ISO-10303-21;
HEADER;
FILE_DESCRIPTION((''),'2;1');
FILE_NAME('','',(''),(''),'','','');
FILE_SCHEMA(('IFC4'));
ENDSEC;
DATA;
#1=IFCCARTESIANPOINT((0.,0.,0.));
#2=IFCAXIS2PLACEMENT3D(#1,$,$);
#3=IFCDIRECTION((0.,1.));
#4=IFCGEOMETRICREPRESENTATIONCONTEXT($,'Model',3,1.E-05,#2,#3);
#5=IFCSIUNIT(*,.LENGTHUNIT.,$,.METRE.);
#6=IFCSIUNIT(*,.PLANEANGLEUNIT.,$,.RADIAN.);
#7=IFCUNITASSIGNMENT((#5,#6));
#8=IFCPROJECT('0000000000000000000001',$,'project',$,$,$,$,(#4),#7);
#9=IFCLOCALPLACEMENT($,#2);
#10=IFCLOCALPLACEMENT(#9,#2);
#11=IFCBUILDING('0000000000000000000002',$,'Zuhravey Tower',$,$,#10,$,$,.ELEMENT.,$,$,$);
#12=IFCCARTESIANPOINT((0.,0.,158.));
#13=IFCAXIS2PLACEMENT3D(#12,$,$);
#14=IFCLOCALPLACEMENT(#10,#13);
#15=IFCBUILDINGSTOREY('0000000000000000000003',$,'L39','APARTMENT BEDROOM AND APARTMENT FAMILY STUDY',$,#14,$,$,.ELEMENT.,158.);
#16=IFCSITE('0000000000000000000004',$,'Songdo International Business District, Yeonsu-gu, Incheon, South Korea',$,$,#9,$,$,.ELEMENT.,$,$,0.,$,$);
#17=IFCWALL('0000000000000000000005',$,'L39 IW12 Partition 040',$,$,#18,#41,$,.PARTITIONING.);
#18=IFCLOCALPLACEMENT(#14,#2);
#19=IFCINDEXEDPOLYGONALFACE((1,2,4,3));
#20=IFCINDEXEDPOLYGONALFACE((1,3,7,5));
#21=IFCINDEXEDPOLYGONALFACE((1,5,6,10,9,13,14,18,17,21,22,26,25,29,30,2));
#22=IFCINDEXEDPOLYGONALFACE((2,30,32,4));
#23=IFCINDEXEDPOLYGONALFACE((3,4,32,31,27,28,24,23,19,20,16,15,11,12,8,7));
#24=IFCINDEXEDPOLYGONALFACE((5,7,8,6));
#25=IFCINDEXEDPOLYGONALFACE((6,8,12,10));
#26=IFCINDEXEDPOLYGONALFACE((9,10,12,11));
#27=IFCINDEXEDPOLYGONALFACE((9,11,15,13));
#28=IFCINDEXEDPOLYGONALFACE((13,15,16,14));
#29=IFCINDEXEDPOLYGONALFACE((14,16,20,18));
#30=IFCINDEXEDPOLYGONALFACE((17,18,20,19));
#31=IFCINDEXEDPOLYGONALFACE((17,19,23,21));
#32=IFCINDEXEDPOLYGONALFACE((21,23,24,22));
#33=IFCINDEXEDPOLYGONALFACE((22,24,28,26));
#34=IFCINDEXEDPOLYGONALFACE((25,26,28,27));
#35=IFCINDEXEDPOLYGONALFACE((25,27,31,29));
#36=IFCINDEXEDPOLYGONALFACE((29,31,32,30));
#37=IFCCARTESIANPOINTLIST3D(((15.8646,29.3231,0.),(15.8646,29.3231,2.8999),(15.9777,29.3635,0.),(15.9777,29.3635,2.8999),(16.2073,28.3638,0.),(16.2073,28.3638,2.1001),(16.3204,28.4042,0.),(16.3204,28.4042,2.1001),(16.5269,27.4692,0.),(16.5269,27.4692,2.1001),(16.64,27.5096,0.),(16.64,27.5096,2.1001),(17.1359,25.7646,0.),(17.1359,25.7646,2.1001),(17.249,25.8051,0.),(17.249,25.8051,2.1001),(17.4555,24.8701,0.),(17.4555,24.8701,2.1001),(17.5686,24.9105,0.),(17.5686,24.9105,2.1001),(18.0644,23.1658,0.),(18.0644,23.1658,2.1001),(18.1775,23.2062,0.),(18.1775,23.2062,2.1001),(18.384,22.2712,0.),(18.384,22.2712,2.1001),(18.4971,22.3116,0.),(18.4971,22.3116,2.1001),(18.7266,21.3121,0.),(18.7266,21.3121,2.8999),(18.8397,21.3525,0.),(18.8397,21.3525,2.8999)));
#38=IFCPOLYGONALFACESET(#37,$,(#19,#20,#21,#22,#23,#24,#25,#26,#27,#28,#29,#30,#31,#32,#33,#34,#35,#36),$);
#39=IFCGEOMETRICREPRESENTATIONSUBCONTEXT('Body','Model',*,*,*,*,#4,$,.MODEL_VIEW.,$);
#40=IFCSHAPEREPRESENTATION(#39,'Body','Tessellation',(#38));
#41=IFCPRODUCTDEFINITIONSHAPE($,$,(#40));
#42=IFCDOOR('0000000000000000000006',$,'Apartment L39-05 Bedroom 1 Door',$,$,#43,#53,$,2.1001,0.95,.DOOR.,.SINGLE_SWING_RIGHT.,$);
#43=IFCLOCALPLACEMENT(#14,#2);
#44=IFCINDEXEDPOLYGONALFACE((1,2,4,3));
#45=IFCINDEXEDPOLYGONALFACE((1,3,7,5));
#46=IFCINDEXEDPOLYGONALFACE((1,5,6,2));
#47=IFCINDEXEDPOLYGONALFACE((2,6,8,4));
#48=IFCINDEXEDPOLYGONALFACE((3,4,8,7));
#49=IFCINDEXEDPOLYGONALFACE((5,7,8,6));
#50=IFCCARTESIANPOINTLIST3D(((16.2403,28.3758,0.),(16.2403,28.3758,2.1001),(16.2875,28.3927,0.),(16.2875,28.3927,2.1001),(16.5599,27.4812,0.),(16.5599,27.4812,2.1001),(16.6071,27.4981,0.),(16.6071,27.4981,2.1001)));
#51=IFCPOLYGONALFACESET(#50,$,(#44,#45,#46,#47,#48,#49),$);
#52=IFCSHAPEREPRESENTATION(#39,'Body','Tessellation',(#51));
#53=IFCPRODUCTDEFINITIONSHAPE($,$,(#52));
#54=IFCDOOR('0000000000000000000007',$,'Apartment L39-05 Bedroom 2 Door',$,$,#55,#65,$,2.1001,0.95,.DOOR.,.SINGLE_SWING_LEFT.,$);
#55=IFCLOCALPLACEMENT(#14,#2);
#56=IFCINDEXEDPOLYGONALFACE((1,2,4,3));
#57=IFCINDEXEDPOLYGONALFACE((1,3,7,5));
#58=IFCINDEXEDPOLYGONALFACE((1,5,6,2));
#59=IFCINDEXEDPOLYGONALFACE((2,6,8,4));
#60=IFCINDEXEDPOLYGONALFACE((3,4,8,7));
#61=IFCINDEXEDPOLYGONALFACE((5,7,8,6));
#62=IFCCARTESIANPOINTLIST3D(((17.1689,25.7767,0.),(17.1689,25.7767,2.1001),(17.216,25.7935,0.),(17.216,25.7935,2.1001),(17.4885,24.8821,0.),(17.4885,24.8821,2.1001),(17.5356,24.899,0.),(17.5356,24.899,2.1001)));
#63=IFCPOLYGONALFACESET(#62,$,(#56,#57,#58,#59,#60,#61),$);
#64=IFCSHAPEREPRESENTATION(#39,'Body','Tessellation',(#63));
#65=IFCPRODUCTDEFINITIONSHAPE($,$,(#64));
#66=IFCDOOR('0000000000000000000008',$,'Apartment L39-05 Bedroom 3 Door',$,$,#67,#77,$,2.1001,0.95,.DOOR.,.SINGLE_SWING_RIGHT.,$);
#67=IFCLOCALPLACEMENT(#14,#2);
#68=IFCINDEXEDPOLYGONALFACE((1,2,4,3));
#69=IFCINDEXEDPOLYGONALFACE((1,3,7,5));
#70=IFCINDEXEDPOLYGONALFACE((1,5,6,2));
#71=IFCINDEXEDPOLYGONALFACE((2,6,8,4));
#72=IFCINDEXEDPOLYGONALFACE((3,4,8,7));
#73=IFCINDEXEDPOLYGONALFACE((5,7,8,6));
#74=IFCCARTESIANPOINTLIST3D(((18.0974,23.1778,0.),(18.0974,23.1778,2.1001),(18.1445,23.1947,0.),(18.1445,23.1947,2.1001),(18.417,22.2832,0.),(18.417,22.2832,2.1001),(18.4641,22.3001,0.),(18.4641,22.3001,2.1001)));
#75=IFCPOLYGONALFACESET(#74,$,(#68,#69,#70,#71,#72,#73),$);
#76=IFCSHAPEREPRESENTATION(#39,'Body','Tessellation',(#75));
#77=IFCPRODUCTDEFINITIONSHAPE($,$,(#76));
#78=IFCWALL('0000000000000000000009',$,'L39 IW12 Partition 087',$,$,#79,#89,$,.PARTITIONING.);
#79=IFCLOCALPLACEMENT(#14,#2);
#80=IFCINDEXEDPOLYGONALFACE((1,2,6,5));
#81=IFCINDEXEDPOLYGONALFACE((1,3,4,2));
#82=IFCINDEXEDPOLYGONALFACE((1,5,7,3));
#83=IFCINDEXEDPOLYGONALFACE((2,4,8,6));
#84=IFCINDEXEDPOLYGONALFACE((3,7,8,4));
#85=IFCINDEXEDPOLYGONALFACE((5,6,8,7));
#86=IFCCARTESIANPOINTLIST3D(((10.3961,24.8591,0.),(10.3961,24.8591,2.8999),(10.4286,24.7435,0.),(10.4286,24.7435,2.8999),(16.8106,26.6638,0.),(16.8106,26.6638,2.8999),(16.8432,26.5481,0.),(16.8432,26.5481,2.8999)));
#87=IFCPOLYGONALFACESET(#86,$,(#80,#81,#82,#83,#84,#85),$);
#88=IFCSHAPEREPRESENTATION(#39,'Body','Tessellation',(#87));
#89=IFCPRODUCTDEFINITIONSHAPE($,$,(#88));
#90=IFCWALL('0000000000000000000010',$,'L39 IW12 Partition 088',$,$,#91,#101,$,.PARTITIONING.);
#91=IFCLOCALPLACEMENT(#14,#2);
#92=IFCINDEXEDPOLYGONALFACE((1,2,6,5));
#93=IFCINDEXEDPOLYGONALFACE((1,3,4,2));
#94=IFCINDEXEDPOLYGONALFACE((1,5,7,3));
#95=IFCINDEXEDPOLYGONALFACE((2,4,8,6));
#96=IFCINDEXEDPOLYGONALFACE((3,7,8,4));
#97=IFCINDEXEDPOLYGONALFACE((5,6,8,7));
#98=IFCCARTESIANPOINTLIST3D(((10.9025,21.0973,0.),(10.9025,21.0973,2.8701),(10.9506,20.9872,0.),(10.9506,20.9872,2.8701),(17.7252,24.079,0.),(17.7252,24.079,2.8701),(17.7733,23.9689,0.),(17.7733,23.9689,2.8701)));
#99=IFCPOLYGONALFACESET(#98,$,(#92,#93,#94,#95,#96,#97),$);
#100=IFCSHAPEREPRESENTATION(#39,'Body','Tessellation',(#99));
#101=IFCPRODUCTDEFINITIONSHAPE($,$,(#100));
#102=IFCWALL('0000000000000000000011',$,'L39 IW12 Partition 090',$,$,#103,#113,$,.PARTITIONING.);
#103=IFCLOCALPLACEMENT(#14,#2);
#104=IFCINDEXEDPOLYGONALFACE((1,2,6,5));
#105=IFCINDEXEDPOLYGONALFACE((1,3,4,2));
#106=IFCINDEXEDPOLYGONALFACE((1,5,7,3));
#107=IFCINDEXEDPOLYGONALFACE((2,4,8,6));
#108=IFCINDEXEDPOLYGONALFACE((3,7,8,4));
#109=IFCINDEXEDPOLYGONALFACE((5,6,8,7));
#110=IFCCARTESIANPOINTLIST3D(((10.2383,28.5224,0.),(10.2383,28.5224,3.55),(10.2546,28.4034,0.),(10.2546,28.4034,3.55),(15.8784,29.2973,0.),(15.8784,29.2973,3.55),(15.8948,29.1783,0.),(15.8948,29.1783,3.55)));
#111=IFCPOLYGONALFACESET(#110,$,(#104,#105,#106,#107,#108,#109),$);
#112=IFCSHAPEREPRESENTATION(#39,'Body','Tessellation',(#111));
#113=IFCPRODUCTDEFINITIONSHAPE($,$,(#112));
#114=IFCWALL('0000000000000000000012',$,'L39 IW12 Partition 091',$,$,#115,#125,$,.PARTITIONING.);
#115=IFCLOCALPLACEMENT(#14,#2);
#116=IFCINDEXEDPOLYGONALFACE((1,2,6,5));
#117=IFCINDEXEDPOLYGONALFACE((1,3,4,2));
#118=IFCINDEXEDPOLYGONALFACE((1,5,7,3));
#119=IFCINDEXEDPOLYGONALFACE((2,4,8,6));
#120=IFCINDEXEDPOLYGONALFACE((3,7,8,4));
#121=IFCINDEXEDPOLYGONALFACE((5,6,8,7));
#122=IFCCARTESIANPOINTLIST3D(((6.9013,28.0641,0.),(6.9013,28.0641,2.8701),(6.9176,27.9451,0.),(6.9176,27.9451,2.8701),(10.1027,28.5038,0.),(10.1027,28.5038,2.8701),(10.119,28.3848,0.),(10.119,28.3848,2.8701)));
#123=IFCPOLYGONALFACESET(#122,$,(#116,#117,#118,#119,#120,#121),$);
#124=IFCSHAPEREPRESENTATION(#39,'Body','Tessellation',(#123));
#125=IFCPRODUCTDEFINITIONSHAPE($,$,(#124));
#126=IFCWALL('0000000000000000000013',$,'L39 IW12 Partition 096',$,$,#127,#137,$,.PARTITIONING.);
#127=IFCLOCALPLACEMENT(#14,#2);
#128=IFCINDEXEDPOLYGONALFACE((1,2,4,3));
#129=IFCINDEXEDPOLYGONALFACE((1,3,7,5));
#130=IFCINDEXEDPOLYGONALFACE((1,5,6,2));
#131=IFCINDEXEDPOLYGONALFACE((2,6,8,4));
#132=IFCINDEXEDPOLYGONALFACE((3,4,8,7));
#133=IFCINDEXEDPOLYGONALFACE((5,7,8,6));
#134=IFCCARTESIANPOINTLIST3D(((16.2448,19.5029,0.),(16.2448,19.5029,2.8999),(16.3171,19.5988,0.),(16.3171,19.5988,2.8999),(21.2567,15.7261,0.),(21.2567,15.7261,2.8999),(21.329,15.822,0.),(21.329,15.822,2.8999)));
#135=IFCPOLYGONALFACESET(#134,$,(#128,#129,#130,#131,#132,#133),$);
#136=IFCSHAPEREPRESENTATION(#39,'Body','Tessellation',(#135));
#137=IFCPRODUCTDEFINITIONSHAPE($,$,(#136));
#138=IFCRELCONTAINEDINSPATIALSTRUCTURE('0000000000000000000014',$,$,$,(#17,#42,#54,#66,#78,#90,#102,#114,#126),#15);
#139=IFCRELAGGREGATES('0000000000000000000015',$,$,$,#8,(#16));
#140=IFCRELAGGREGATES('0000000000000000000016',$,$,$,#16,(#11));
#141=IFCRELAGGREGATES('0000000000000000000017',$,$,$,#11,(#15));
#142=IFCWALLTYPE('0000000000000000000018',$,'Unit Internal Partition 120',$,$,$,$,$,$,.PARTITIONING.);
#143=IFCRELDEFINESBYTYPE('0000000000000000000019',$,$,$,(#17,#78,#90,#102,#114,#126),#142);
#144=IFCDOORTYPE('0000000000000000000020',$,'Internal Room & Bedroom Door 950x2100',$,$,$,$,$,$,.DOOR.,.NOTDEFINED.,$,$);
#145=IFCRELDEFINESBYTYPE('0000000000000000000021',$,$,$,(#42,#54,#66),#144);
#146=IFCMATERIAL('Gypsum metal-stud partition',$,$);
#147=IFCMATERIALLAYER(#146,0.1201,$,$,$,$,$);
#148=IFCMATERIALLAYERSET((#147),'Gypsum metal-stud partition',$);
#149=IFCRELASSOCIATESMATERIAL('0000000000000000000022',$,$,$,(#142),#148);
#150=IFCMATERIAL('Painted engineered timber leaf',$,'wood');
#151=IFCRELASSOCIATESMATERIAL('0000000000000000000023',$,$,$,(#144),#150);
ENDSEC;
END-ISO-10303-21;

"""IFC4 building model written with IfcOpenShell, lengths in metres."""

from ifc_helpers import new_model, si_unit, direction, frame, frame_2d, origin, place, context, subcontext, project, spatial, rectangle, extrude, material, layer, layer_set, type_object, element, fill, save


model = new_model("IFC4")

# Units and contexts
model_context = context("Model", 3, precision=1e-05, world=origin(), true_north=direction((0.0, 1.0)))
body_context = subcontext(model_context, "Body", "Model", "MODEL_VIEW")
ifc_project = project(units=[si_unit("LENGTHUNIT", "METRE"), si_unit("PLANEANGLEUNIT", "RADIAN")], contexts=[model_context])

# Site, building, storey
site_placement = place(None, origin())
site = spatial("IfcSite", under=ifc_project, at=site_placement, Name="Songdo International Business District, Yeonsu-gu, Incheon, South Korea", CompositionType="ELEMENT", RefElevation=0.0)
building_placement = place(site_placement, origin())
building = spatial("IfcBuilding", under=site, at=building_placement, Name="Zuhravey Tower", CompositionType="ELEMENT")
storey_placement = place(building_placement, frame((0.0, 0.0, 158.0)))
storey = spatial("IfcBuildingStorey", under=building, at=storey_placement, Name="L39", Description="APARTMENT BEDROOM AND APARTMENT FAMILY STUDY", CompositionType="ELEMENT", Elevation=158.0)

# Wall, openings, doors
ifc_material_1 = material(Name="Gypsum metal-stud partition")
ifc_layer_1 = layer(ifc_material_1, 0.1201)
ifc_layer_set_1 = layer_set([ifc_layer_1], Name="Gypsum metal-stud partition")
wall_type_1 = type_object("IfcWallType", Name="Unit Internal Partition 120", PredefinedType="PARTITIONING", material=ifc_layer_set_1)
ifc_material_2 = material(Name="Painted engineered timber leaf", Category="wood")
door_type_1 = type_object("IfcDoorType", Name="Internal Room & Bedroom Door 950x2100", OperationType="NOTDEFINED", PredefinedType="DOOR", material=ifc_material_2)
wall_1_placement = place(storey_placement, frame((15.9211, 29.3433, 0.0), z_axis=(0.0, 0.0, 1.0), x_axis=(0.33644, -0.941705, 0.0)))
wall_1 = element("IfcWall", 1, at=wall_1_placement, inside=storey, type_object=wall_type_1, Name="L39 IW12 Partition 040", PredefinedType="PARTITIONING", context=body_context, shape_type="SweptSolid", body=[
    extrude(rectangle(XDim=8.5068, YDim=0.1201, at=frame_2d((4.2534, 0.0))), origin(), (0.0, 0.0, 1.0), 2.8999),
])
opening_1_placement = place(wall_1_placement, frame((1.0186, 0.0, 0.0)))
opening_1 = element("IfcOpeningElement", 2, at=opening_1_placement, cuts=wall_1, PredefinedType="OPENING", context=body_context, shape_type="SweptSolid", body=[
    extrude(rectangle(XDim=0.95, YDim=2.1001, at=frame_2d((0.4751, 1.05))), frame((0.0, 0.072, 0.0), z_axis=(0.0, -1.0, 0.0), x_axis=(1.0, 0.0, 0.0)), (0.0, 0.0, 1.0), 0.144),
])
opening_2_placement = place(wall_1_placement, frame((3.7786, 0.0, 0.0)))
opening_2 = element("IfcOpeningElement", 3, at=opening_2_placement, cuts=wall_1, PredefinedType="OPENING", context=body_context, shape_type="SweptSolid", body=[
    extrude(rectangle(XDim=0.95, YDim=2.1001, at=frame_2d((0.4751, 1.05))), frame((0.0, 0.072, 0.0), z_axis=(0.0, -1.0, 0.0), x_axis=(1.0, 0.0, 0.0)), (0.0, 0.0, 1.0), 0.144),
])
opening_3_placement = place(wall_1_placement, frame((6.5383, 0.0, 0.0)))
opening_3 = element("IfcOpeningElement", 4, at=opening_3_placement, cuts=wall_1, PredefinedType="OPENING", context=body_context, shape_type="SweptSolid", body=[
    extrude(rectangle(XDim=0.95, YDim=2.1001, at=frame_2d((0.4751, 1.05))), frame((0.0, 0.072, 0.0), z_axis=(0.0, -1.0, 0.0), x_axis=(1.0, 0.0, 0.0)), (0.0, 0.0, 1.0), 0.144),
])
door_1_placement = place(opening_1_placement, frame((0.95, 0.0, 0.0), z_axis=(0.0, 0.0, 1.0), x_axis=(-1.0, 0.0, 0.0)))
door_1 = element("IfcDoor", 5, at=door_1_placement, inside=storey, type_object=door_type_1, Name="Apartment L39-05 Bedroom 1 Door", OperationType="SINGLE_SWING_RIGHT", OverallHeight=2.1001, OverallWidth=0.95, PredefinedType="DOOR", context=body_context, shape_type="SweptSolid", body=[
    extrude(rectangle(XDim=0.95, YDim=2.1001, at=frame_2d((0.4751, 1.05))), frame((0.0, 0.0249, 0.0), z_axis=(0.0, -1.0, 0.0), x_axis=(1.0, 0.0, 0.0)), (0.0, 0.0, 1.0), 0.05),
])
fill(opening_1, door_1)
door_2_placement = place(opening_2_placement, frame((0.95, 0.0, 0.0), z_axis=(0.0, 0.0, 1.0), x_axis=(-1.0, 0.0, 0.0)))
door_2 = element("IfcDoor", 6, at=door_2_placement, inside=storey, type_object=door_type_1, Name="Apartment L39-05 Bedroom 2 Door", OperationType="SINGLE_SWING_LEFT", OverallHeight=2.1001, OverallWidth=0.95, PredefinedType="DOOR", context=body_context, shape_type="SweptSolid", body=[
    extrude(rectangle(XDim=0.95, YDim=2.1001, at=frame_2d((0.4751, 1.05))), frame((0.0, 0.0249, 0.0), z_axis=(0.0, -1.0, 0.0), x_axis=(1.0, 0.0, 0.0)), (0.0, 0.0, 1.0), 0.05),
])
fill(opening_2, door_2)
door_3_placement = place(opening_3_placement, frame((0.95, 0.0, 0.0), z_axis=(0.0, 0.0, 1.0), x_axis=(-1.0, 0.0, 0.0)))
door_3 = element("IfcDoor", 7, at=door_3_placement, inside=storey, type_object=door_type_1, Name="Apartment L39-05 Bedroom 3 Door", OperationType="SINGLE_SWING_RIGHT", OverallHeight=2.1001, OverallWidth=0.95, PredefinedType="DOOR", context=body_context, shape_type="SweptSolid", body=[
    extrude(rectangle(XDim=0.95, YDim=2.1001, at=frame_2d((0.4751, 1.05))), frame((0.0, 0.0249, 0.0), z_axis=(0.0, -1.0, 0.0), x_axis=(1.0, 0.0, 0.0)), (0.0, 0.0, 1.0), 0.05),
])
fill(opening_3, door_3)

# Walls
wall_2_placement = place(storey_placement, frame((16.8269, 26.606, 0.0), z_axis=(0.0, 0.0, 1.0), x_axis=(-0.962628, -0.270828, 0.0)))
element("IfcWall", 8, at=wall_2_placement, inside=storey, type_object=wall_type_1, Name="L39 IW12 Partition 087", PredefinedType="PARTITIONING", context=body_context, shape_type="SweptSolid", body=[
    extrude(rectangle(XDim=6.6636, YDim=0.1201, at=frame_2d((3.3318, 0.0))), origin(), (0.0, 0.0, 1.0), 2.8999),
])
wall_3_placement = place(storey_placement, frame((17.7493, 24.0239, 0.0), z_axis=(0.0, 0.0, 1.0), x_axis=(-0.916318, -0.400451, 0.0)))
element("IfcWall", 9, at=wall_3_placement, inside=storey, type_object=wall_type_1, Name="L39 IW12 Partition 088", PredefinedType="PARTITIONING", context=body_context, shape_type="SweptSolid", body=[
    extrude(rectangle(XDim=7.4458, YDim=0.1201, at=frame_2d((3.7229, 0.0))), origin(), (0.0, 0.0, 1.0), 2.8701),
])
wall_4_placement = place(storey_placement, frame((15.8867, 29.2378, 0.0), z_axis=(0.0, 0.0, 1.0), x_axis=(-0.990693, -0.136112, 0.0)))
element("IfcWall", 10, at=wall_4_placement, inside=storey, type_object=wall_type_1, Name="L39 IW12 Partition 090", PredefinedType="PARTITIONING", context=body_context, shape_type="SweptSolid", body=[
    extrude(rectangle(XDim=5.6931, YDim=0.1201, at=frame_2d((2.8467, 0.0))), origin(), (0.0, 0.0, 1.0), 3.55),
])
wall_5_placement = place(storey_placement, frame((10.1108, 28.4443, 0.0), z_axis=(0.0, 0.0, 1.0), x_axis=(-0.9907, -0.136067, 0.0)))
element("IfcWall", 11, at=wall_5_placement, inside=storey, type_object=wall_type_1, Name="L39 IW12 Partition 091", PredefinedType="PARTITIONING", context=body_context, shape_type="SweptSolid", body=[
    extrude(rectangle(XDim=3.2314, YDim=0.1201, at=frame_2d((1.6157, 0.0))), origin(), (0.0, 0.0, 1.0), 2.8701),
])
wall_6_placement = place(storey_placement, frame((16.281, 19.5508, 0.0), z_axis=(0.0, 0.0, 1.0), x_axis=(0.79863, -0.601822, 0.0)))
element("IfcWall", 12, at=wall_6_placement, inside=storey, type_object=wall_type_1, Name="L39 IW12 Partition 096", PredefinedType="PARTITIONING", context=body_context, shape_type="SweptSolid", body=[
    extrude(rectangle(XDim=6.2756, YDim=0.1201, at=frame_2d((3.1377, 0.0))), origin(), (0.0, 0.0, 1.0), 2.8999),
])

save(model, "model.ifc")
